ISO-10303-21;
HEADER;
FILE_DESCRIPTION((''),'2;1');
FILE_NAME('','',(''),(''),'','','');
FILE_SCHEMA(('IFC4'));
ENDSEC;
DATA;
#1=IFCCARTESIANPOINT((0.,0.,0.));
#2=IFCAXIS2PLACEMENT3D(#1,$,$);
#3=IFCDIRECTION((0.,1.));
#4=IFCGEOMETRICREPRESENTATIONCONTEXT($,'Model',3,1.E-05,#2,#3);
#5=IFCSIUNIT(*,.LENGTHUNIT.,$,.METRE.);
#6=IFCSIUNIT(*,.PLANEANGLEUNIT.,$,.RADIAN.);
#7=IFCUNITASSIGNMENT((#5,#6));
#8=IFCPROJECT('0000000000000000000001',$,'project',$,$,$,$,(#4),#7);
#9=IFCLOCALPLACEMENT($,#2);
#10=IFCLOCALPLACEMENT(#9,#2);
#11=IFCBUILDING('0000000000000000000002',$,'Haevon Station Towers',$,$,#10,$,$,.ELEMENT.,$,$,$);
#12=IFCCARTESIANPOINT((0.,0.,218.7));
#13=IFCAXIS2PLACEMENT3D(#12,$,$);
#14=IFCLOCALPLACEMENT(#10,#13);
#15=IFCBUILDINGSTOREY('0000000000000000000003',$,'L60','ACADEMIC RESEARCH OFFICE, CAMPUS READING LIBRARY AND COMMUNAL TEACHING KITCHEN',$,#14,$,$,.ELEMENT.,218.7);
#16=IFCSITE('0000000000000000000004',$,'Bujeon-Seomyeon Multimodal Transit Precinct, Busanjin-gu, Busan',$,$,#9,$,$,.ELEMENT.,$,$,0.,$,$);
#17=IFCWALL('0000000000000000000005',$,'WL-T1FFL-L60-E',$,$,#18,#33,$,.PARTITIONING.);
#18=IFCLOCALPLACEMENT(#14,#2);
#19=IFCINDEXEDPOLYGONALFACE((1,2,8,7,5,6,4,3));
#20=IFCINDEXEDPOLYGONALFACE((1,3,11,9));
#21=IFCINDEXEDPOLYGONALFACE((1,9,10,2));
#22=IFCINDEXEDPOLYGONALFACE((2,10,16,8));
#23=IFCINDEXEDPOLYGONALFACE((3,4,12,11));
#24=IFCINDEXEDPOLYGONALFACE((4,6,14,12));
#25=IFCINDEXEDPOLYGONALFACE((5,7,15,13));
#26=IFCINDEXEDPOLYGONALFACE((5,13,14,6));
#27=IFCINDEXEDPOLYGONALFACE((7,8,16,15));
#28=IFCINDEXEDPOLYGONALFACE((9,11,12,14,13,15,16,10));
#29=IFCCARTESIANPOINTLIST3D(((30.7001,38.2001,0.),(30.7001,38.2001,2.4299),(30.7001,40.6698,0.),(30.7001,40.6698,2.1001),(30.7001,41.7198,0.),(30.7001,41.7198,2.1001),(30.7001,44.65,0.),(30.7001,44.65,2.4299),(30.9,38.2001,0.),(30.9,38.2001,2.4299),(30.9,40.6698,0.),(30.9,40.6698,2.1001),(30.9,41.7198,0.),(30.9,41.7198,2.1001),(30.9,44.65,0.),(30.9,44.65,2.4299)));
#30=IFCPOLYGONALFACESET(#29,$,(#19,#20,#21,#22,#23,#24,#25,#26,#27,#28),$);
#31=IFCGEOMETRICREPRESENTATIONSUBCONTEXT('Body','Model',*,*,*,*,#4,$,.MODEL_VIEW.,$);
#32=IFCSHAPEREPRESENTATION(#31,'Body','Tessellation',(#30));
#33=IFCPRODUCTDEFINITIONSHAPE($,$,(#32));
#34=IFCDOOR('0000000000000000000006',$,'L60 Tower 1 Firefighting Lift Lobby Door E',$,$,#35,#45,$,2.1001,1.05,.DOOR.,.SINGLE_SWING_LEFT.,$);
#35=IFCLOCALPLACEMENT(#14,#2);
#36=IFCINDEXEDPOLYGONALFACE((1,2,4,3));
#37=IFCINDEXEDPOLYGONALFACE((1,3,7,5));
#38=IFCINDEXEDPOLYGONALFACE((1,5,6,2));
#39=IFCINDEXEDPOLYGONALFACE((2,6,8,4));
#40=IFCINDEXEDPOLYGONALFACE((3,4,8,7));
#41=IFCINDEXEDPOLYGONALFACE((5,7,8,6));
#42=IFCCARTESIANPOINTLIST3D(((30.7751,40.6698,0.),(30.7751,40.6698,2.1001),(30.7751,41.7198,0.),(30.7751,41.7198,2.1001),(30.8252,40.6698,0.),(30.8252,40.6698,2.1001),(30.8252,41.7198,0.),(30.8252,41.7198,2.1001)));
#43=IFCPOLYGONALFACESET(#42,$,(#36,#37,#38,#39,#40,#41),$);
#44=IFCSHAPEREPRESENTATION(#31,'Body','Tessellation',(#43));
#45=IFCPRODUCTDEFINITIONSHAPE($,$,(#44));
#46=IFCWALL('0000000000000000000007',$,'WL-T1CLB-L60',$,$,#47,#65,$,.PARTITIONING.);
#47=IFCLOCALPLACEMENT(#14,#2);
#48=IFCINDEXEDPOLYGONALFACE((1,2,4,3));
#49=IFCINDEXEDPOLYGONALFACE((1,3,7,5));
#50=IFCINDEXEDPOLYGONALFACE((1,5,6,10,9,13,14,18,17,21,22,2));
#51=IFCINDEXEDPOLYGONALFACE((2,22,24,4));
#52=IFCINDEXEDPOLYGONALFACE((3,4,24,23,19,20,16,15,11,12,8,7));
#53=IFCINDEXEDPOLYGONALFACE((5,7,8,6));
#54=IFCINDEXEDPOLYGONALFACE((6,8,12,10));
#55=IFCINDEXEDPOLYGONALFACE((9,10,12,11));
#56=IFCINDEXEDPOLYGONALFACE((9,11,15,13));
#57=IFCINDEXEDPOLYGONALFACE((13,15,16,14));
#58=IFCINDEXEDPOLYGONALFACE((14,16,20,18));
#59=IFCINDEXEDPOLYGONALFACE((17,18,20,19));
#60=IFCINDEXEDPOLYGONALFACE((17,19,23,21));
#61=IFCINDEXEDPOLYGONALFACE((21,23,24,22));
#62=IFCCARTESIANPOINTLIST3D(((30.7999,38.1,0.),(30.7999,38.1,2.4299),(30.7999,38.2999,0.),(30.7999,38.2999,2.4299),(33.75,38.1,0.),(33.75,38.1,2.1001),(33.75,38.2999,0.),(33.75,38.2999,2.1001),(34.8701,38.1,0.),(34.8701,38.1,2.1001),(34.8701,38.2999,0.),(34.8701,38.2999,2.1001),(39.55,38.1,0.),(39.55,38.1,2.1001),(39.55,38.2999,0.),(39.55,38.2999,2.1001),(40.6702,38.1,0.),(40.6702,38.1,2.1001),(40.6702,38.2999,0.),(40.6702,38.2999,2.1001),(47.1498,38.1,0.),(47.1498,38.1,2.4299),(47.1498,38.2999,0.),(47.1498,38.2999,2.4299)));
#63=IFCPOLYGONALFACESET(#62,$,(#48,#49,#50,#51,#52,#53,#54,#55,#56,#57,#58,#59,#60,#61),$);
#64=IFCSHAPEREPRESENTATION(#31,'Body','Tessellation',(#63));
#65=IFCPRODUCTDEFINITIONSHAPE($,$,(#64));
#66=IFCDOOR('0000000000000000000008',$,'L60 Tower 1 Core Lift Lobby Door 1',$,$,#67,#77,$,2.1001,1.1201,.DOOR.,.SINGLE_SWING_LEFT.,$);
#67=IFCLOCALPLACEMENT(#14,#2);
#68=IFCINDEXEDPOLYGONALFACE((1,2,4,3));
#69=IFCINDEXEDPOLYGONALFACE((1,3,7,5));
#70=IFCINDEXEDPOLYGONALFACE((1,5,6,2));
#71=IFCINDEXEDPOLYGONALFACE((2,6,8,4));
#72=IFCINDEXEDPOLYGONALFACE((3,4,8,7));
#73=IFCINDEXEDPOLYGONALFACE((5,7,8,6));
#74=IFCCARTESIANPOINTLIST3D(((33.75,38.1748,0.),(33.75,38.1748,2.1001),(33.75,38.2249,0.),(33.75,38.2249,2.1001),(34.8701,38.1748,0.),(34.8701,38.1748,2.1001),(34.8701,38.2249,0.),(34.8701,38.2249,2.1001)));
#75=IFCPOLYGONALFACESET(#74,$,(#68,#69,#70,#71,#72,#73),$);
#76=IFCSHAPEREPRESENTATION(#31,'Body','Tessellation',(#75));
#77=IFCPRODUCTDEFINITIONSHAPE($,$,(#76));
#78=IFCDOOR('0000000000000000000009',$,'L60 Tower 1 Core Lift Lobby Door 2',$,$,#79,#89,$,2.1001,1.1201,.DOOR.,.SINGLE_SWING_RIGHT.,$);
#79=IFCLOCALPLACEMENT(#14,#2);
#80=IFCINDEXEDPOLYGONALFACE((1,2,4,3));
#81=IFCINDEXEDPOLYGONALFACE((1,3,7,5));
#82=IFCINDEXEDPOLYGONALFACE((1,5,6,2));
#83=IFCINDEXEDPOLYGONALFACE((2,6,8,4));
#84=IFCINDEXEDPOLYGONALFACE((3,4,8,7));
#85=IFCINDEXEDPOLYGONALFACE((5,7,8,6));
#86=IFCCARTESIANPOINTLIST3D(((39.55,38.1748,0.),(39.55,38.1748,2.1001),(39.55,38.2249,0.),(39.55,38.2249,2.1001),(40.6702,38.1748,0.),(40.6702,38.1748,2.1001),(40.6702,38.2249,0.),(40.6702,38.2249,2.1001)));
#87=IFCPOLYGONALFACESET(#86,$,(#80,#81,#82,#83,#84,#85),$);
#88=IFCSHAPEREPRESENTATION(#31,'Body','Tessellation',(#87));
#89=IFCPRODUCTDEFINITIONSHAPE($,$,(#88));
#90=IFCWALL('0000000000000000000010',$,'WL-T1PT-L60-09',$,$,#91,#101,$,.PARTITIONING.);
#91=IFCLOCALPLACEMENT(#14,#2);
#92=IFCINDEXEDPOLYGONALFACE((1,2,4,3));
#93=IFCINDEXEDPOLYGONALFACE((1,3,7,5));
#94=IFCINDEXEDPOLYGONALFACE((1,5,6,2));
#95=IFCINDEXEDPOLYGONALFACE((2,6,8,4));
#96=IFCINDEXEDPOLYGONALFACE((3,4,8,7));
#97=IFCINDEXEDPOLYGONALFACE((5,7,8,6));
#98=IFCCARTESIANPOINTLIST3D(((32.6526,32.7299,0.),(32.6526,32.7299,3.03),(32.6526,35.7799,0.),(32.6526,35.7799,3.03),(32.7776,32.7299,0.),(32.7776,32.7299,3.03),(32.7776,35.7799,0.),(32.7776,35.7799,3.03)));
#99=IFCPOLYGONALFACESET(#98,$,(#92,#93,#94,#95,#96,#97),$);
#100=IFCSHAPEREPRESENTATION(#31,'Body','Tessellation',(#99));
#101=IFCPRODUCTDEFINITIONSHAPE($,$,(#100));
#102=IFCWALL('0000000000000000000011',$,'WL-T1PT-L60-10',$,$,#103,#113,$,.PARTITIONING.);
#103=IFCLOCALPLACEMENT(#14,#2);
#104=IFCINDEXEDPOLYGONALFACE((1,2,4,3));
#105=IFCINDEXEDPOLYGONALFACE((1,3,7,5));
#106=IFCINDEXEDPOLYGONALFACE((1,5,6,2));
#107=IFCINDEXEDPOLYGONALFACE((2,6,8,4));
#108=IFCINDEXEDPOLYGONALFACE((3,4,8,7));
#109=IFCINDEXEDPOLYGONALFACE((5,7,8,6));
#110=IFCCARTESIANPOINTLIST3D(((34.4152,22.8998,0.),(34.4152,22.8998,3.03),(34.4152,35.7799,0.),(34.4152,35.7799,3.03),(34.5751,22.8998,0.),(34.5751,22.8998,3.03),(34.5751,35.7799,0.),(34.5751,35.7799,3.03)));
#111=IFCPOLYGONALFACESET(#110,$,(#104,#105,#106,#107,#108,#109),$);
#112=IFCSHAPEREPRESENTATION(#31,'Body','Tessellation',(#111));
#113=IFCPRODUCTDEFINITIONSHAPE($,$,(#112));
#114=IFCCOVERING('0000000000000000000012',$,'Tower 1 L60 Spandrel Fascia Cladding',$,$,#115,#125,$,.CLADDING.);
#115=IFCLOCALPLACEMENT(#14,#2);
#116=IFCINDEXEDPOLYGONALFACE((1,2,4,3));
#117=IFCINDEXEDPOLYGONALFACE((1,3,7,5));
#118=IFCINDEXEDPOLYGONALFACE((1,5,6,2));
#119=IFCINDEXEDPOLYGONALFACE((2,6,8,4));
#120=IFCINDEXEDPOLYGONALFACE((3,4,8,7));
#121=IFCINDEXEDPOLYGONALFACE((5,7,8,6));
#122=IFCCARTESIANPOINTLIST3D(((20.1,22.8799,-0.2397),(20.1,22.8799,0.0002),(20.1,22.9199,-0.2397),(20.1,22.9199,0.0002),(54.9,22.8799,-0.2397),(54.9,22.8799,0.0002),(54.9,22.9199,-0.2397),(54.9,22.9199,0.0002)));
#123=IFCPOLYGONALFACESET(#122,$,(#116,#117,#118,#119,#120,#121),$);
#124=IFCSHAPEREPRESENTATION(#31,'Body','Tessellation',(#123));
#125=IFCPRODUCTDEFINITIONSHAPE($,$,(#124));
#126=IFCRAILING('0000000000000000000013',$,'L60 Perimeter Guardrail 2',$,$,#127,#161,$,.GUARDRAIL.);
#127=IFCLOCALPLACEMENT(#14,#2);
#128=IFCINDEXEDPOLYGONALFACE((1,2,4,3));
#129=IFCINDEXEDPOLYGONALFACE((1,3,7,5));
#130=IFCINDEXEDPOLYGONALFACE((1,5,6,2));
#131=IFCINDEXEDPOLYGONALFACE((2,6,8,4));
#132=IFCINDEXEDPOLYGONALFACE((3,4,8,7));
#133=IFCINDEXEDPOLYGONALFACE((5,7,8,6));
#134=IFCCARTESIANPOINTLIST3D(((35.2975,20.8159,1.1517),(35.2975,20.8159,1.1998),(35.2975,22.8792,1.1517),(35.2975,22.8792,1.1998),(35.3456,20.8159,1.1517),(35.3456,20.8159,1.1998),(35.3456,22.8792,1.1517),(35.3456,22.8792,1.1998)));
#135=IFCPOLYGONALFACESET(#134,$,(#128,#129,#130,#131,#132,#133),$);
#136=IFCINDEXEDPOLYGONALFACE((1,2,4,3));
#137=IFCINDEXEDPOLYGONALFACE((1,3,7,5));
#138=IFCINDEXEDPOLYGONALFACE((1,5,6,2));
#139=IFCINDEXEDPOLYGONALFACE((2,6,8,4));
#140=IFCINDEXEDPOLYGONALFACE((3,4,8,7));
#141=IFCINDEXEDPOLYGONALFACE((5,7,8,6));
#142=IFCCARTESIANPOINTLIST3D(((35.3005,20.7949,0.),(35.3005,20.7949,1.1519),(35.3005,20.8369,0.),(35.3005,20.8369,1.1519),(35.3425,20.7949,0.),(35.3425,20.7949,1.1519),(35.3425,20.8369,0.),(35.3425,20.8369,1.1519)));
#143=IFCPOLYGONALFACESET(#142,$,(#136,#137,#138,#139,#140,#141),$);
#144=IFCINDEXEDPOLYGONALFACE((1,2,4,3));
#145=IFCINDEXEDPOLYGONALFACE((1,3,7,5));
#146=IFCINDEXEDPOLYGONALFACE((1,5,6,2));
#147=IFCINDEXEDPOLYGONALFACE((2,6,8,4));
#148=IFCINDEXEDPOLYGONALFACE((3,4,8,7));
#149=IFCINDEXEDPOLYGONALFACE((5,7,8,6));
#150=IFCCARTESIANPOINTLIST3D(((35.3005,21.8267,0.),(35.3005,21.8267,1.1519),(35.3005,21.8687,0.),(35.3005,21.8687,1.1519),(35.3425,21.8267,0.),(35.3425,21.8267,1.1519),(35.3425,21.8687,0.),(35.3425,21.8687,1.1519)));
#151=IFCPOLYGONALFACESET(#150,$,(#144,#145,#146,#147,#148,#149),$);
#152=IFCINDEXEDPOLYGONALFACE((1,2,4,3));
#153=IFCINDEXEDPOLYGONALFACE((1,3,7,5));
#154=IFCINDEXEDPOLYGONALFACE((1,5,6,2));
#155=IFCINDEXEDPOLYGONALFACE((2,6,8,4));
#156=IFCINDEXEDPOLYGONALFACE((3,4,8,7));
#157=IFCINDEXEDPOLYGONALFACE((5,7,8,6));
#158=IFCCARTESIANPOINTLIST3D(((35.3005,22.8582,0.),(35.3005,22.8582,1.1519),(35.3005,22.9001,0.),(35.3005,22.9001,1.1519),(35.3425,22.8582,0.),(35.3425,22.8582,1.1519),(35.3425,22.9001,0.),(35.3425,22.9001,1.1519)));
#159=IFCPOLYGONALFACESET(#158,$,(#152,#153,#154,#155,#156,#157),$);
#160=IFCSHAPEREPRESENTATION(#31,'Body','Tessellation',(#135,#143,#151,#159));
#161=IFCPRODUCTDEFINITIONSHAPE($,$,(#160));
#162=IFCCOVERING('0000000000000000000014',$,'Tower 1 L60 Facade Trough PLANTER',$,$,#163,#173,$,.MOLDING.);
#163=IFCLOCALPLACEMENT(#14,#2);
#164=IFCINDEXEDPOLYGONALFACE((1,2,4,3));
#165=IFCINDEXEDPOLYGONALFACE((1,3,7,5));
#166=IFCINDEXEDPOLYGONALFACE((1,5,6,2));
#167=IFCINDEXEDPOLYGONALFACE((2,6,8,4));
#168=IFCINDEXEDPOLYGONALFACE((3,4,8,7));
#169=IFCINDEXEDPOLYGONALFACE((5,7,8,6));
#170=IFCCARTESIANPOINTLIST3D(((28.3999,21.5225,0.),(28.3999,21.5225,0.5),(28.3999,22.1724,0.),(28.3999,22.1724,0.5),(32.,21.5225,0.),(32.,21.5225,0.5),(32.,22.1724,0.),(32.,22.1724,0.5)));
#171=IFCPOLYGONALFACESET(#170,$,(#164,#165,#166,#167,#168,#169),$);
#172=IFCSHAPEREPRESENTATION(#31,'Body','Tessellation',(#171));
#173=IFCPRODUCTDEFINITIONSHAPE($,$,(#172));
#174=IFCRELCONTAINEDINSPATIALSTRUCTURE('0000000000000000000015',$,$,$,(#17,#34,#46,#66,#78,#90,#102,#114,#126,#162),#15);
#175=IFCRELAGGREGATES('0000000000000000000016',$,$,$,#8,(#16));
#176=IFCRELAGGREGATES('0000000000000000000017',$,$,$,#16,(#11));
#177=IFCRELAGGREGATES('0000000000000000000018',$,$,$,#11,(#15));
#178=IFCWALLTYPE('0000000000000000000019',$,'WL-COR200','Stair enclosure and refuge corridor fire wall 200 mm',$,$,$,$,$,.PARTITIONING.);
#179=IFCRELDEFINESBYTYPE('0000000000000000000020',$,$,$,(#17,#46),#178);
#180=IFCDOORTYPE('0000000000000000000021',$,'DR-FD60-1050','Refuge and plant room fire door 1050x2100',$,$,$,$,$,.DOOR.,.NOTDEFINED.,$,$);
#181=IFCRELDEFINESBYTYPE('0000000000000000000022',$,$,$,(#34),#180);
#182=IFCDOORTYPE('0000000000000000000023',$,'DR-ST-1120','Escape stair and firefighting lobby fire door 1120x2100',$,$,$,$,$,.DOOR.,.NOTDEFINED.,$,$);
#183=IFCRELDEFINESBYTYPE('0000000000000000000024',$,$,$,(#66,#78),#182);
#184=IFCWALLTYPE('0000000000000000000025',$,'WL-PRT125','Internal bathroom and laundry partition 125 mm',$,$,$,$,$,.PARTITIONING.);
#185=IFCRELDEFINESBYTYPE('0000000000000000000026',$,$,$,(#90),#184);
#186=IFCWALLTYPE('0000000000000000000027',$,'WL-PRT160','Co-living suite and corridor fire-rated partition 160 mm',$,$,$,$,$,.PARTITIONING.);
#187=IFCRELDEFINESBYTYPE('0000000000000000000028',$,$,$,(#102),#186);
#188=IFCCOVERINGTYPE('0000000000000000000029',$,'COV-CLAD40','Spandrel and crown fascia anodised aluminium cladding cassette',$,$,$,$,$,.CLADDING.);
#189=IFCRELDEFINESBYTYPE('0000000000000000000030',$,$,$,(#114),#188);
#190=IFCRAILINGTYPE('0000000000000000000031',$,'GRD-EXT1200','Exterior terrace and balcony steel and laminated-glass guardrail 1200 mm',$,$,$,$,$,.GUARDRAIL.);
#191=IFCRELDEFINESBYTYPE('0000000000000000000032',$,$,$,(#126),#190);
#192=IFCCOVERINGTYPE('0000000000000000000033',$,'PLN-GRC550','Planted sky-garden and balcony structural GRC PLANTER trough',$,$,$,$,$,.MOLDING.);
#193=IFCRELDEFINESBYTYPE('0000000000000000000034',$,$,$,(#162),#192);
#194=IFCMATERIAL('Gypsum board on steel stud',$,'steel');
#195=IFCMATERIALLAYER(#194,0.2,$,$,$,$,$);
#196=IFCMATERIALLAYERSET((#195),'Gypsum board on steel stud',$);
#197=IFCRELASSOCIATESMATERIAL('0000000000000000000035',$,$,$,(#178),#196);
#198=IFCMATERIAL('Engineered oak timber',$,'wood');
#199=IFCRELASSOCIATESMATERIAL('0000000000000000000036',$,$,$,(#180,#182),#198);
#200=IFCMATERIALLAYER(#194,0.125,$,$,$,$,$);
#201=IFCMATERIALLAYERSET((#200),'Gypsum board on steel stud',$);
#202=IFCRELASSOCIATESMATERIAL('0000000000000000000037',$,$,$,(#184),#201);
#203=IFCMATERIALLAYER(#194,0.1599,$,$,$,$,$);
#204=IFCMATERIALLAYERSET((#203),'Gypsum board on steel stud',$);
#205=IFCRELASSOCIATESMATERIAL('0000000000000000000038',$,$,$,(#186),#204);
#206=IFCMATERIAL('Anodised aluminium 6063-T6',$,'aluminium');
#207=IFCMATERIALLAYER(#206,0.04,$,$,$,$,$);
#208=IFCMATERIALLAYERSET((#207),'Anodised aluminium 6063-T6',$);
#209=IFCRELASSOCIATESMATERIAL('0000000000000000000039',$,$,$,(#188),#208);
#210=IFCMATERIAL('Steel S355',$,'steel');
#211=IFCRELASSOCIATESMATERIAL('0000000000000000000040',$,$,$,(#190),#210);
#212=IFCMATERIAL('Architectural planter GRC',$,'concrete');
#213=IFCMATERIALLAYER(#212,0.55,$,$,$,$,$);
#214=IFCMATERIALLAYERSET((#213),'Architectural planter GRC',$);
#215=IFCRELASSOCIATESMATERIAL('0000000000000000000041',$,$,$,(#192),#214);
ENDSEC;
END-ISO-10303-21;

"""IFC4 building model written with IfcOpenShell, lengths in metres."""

from ifc_helpers import new_model, si_unit, direction, frame, frame_2d, origin, origin_2d, place, context, subcontext, project, spatial, rectangle, extrude, material, layer, layer_set, type_object, element, fill, save


model = new_model("IFC4")

# Units and contexts
model_context = context("Model", 3, precision=1e-05, world=origin(), true_north=direction((0.0, 1.0)))
body_context = subcontext(model_context, "Body", "Model", "MODEL_VIEW")
ifc_project = project(units=[si_unit("LENGTHUNIT", "METRE"), si_unit("PLANEANGLEUNIT", "RADIAN")], contexts=[model_context])

# Site, building, storey
site_placement = place(None, origin())
site = spatial("IfcSite", under=ifc_project, at=site_placement, Name="Bujeon-Seomyeon Multimodal Transit Precinct, Busanjin-gu, Busan", CompositionType="ELEMENT", RefElevation=0.0)
building_placement = place(site_placement, origin())
building = spatial("IfcBuilding", under=site, at=building_placement, Name="Haevon Station Towers", CompositionType="ELEMENT")
storey_placement = place(building_placement, frame((0.0, 0.0, 218.7)))
storey = spatial("IfcBuildingStorey", under=building, at=storey_placement, Name="L60", Description="ACADEMIC RESEARCH OFFICE, CAMPUS READING LIBRARY AND COMMUNAL TEACHING KITCHEN", CompositionType="ELEMENT", Elevation=218.7)

# Shared definitions
ifc_material_1 = material(Name="Steel S355", Category="steel")

# Wall, opening, door
ifc_material_2 = material(Name="Gypsum board on steel stud", Category="steel")
ifc_layer_1 = layer(ifc_material_2, 0.2)
ifc_layer_set_1 = layer_set([ifc_layer_1], Name="Gypsum board on steel stud")
wall_type_1 = type_object("IfcWallType", Name="WL-COR200", Description="Stair enclosure and refuge corridor fire wall 200 mm", PredefinedType="PARTITIONING", material=ifc_layer_set_1)
wall_1_placement = place(storey_placement, frame((30.8, 38.2, 0.0), z_axis=(0.0, 0.0, 1.0), x_axis=(0.0, 1.0, 0.0)))
wall_1 = element("IfcWall", 1, at=wall_1_placement, inside=storey, type_object=wall_type_1, Name="WL-T1FFL-L60-E", PredefinedType="PARTITIONING", context=body_context, shape_type="SweptSolid", body=[
    extrude(rectangle(XDim=6.45, YDim=0.2, at=frame_2d((3.2251, 0.0))), origin(), (0.0, 0.0, 1.0), 2.4299),
])
opening_1_placement = place(wall_1_placement, frame((2.47, 0.0, 0.0)))
opening_1 = element("IfcOpeningElement", 2, at=opening_1_placement, cuts=wall_1, PredefinedType="OPENING", context=body_context, shape_type="SweptSolid", body=[
    extrude(rectangle(XDim=1.05, YDim=2.1001, at=frame_2d((0.5249, 1.05))), frame((0.0, 0.1099, 0.0), z_axis=(0.0, -1.0, 0.0), x_axis=(1.0, 0.0, 0.0)), (0.0, 0.0, 1.0), 0.22),
])
ifc_material_3 = material(Name="Engineered oak timber", Category="wood")
door_type_1 = type_object("IfcDoorType", Name="DR-FD60-1050", Description="Refuge and plant room fire door 1050x2100", OperationType="NOTDEFINED", PredefinedType="DOOR", material=ifc_material_3)
door_1_placement = place(opening_1_placement, origin())
door_1 = element("IfcDoor", 3, at=door_1_placement, inside=storey, type_object=door_type_1, Name="L60 Tower 1 Firefighting Lift Lobby Door E", OperationType="SINGLE_SWING_LEFT", OverallHeight=2.1001, OverallWidth=1.05, PredefinedType="DOOR", context=body_context, shape_type="SweptSolid", body=[
    extrude(rectangle(XDim=1.05, YDim=2.1001, at=frame_2d((0.5249, 1.05))), frame((0.0, 0.0249, 0.0), z_axis=(0.0, -1.0, 0.0), x_axis=(1.0, 0.0, 0.0)), (0.0, 0.0, 1.0), 0.05),
])
fill(opening_1, door_1)

# Wall, openings, doors
wall_2_placement = place(storey_placement, frame((30.8, 38.2, 0.0), z_axis=(0.0, 0.0, 1.0), x_axis=(1.0, 0.0, 0.0)))
wall_2 = element("IfcWall", 4, at=wall_2_placement, inside=storey, type_object=wall_type_1, Name="WL-T1CLB-L60", PredefinedType="PARTITIONING", context=body_context, shape_type="SweptSolid", body=[
    extrude(rectangle(XDim=16.3499, YDim=0.2, at=frame_2d((8.1748, 0.0))), origin(), (0.0, 0.0, 1.0), 2.4299),
])
opening_2_placement = place(wall_2_placement, frame((2.95, 0.0, 0.0)))
opening_2 = element("IfcOpeningElement", 5, at=opening_2_placement, cuts=wall_2, PredefinedType="OPENING", context=body_context, shape_type="SweptSolid", body=[
    extrude(rectangle(XDim=1.1201, YDim=2.1001, at=frame_2d((0.5601, 1.05))), frame((0.0, 0.1099, 0.0), z_axis=(0.0, -1.0, 0.0), x_axis=(1.0, 0.0, 0.0)), (0.0, 0.0, 1.0), 0.22),
])
opening_3_placement = place(wall_2_placement, frame((8.75, 0.0, 0.0)))
opening_3 = element("IfcOpeningElement", 6, at=opening_3_placement, cuts=wall_2, PredefinedType="OPENING", context=body_context, shape_type="SweptSolid", body=[
    extrude(rectangle(XDim=1.1201, YDim=2.1001, at=frame_2d((0.5601, 1.05))), frame((0.0, 0.1099, 0.0), z_axis=(0.0, -1.0, 0.0), x_axis=(1.0, 0.0, 0.0)), (0.0, 0.0, 1.0), 0.22),
])
door_type_2 = type_object("IfcDoorType", Name="DR-ST-1120", Description="Escape stair and firefighting lobby fire door 1120x2100", OperationType="NOTDEFINED", PredefinedType="DOOR", material=ifc_material_3)
door_2_placement = place(opening_2_placement, origin())
door_2 = element("IfcDoor", 7, at=door_2_placement, inside=storey, type_object=door_type_2, Name="L60 Tower 1 Core Lift Lobby Door 1", OperationType="SINGLE_SWING_LEFT", OverallHeight=2.1001, OverallWidth=1.1201, PredefinedType="DOOR", context=body_context, shape_type="SweptSolid", body=[
    extrude(rectangle(XDim=1.1201, YDim=2.1001, at=frame_2d((0.5601, 1.05))), frame((0.0, 0.0249, 0.0), z_axis=(0.0, -1.0, 0.0), x_axis=(1.0, 0.0, 0.0)), (0.0, 0.0, 1.0), 0.05),
])
fill(opening_2, door_2)
door_3_placement = place(opening_3_placement, origin())
door_3 = element("IfcDoor", 8, at=door_3_placement, inside=storey, type_object=door_type_2, Name="L60 Tower 1 Core Lift Lobby Door 2", OperationType="SINGLE_SWING_RIGHT", OverallHeight=2.1001, OverallWidth=1.1201, PredefinedType="DOOR", context=body_context, shape_type="SweptSolid", body=[
    extrude(rectangle(XDim=1.1201, YDim=2.1001, at=frame_2d((0.5601, 1.05))), frame((0.0, 0.0249, 0.0), z_axis=(0.0, -1.0, 0.0), x_axis=(1.0, 0.0, 0.0)), (0.0, 0.0, 1.0), 0.05),
])
fill(opening_3, door_3)

# Walls
ifc_layer_2 = layer(ifc_material_2, 0.125)
ifc_layer_set_2 = layer_set([ifc_layer_2], Name="Gypsum board on steel stud")
wall_type_2 = type_object("IfcWallType", Name="WL-PRT125", Description="Internal bathroom and laundry partition 125 mm", PredefinedType="PARTITIONING", material=ifc_layer_set_2)
wall_3_placement = place(storey_placement, frame((32.7151, 32.73, 0.0), z_axis=(0.0, 0.0, 1.0), x_axis=(0.0, 1.0, 0.0)))
element("IfcWall", 9, at=wall_3_placement, inside=storey, type_object=wall_type_2, Name="WL-T1PT-L60-09", PredefinedType="PARTITIONING", context=body_context, shape_type="SweptSolid", body=[
    extrude(rectangle(XDim=3.05, YDim=0.125, at=frame_2d((1.5249, 0.0))), origin(), (0.0, 0.0, 1.0), 3.03),
])
ifc_layer_3 = layer(ifc_material_2, 0.1599)
ifc_layer_set_3 = layer_set([ifc_layer_3], Name="Gypsum board on steel stud")
wall_type_3 = type_object("IfcWallType", Name="WL-PRT160", Description="Co-living suite and corridor fire-rated partition 160 mm", PredefinedType="PARTITIONING", material=ifc_layer_set_3)
wall_4_placement = place(storey_placement, frame((34.4951, 22.8999, 0.0), z_axis=(0.0, 0.0, 1.0), x_axis=(0.0, 1.0, 0.0)))
element("IfcWall", 10, at=wall_4_placement, inside=storey, type_object=wall_type_3, Name="WL-T1PT-L60-10", PredefinedType="PARTITIONING", context=body_context, shape_type="SweptSolid", body=[
    extrude(rectangle(XDim=12.8801, YDim=0.1599, at=frame_2d((6.4399, 0.0))), origin(), (0.0, 0.0, 1.0), 3.03),
])

# Covering
ifc_material_4 = material(Name="Anodised aluminium 6063-T6", Category="aluminium")
ifc_layer_4 = layer(ifc_material_4, 0.04)
ifc_layer_set_4 = layer_set([ifc_layer_4], Name="Anodised aluminium 6063-T6")
covering_type_1 = type_object("IfcCoveringType", Name="COV-CLAD40", Description="Spandrel and crown fascia anodised aluminium cladding cassette", PredefinedType="CLADDING", material=ifc_layer_set_4)
covering_1_placement = place(storey_placement, frame((37.5, 22.8999, -0.2397), z_axis=(0.0, 0.0, 1.0), x_axis=(1.0, 0.0, 0.0)))
element("IfcCovering", 11, at=covering_1_placement, inside=storey, type_object=covering_type_1, Name="Tower 1 L60 Spandrel Fascia Cladding", PredefinedType="CLADDING", context=body_context, shape_type="SweptSolid", body=[
    extrude(rectangle(XDim=34.8, YDim=0.04, at=origin_2d()), origin(), (0.0, 0.0, 1.0), 0.24),
])

# Railing
railing_type = type_object("IfcRailingType", Name="GRD-EXT1200", Description="Exterior terrace and balcony steel and laminated-glass guardrail 1200 mm", PredefinedType="GUARDRAIL", material=ifc_material_1)
railing_placement = place(storey_placement, frame((35.3215, 20.8159, 0.0)))
element("IfcRailing", 12, at=railing_placement, inside=storey, type_object=railing_type, Name="L60 Perimeter Guardrail 2", PredefinedType="GUARDRAIL", context=body_context, shape_type="SweptSolid", body=[
    extrude(rectangle(XDim=0.0481, YDim=0.0481, at=origin_2d()), frame((0.0, 0.0, 1.1758), z_axis=(0.0, 1.0, 0.0), x_axis=(-1.0, 0.0, 0.0)), (0.0, 0.0, 1.0), 2.0632),
    extrude(rectangle(XDim=0.042, YDim=0.042, at=origin_2d()), origin(), (0.0, 0.0, 1.0), 1.1519),
    extrude(rectangle(XDim=0.042, YDim=0.042, at=origin_2d()), frame((0.0, 1.0317, 0.0)), (0.0, 0.0, 1.0), 1.1519),
    extrude(rectangle(XDim=0.042, YDim=0.042, at=origin_2d()), frame((0.0, 2.0632, 0.0)), (0.0, 0.0, 1.0), 1.1519),
])

# Covering
ifc_material_5 = material(Name="Architectural planter GRC", Category="concrete")
ifc_layer_5 = layer(ifc_material_5, 0.55)
ifc_layer_set_5 = layer_set([ifc_layer_5], Name="Architectural planter GRC")
covering_type_2 = type_object("IfcCoveringType", Name="PLN-GRC550", Description="Planted sky-garden and balcony structural GRC PLANTER trough", PredefinedType="MOLDING", material=ifc_layer_set_5)
covering_2_placement = place(storey_placement, frame((30.2, 21.8474, 0.0), z_axis=(0.0, 0.0, 1.0), x_axis=(1.0, 0.0, 0.0)))
element("IfcCovering", 13, at=covering_2_placement, inside=storey, type_object=covering_type_2, Name="Tower 1 L60 Facade Trough PLANTER", PredefinedType="MOLDING", context=body_context, shape_type="SweptSolid", body=[
    extrude(rectangle(XDim=3.6001, YDim=0.6499, at=origin_2d()), origin(), (0.0, 0.0, 1.0), 0.5),
])

save(model, "model.ifc")
